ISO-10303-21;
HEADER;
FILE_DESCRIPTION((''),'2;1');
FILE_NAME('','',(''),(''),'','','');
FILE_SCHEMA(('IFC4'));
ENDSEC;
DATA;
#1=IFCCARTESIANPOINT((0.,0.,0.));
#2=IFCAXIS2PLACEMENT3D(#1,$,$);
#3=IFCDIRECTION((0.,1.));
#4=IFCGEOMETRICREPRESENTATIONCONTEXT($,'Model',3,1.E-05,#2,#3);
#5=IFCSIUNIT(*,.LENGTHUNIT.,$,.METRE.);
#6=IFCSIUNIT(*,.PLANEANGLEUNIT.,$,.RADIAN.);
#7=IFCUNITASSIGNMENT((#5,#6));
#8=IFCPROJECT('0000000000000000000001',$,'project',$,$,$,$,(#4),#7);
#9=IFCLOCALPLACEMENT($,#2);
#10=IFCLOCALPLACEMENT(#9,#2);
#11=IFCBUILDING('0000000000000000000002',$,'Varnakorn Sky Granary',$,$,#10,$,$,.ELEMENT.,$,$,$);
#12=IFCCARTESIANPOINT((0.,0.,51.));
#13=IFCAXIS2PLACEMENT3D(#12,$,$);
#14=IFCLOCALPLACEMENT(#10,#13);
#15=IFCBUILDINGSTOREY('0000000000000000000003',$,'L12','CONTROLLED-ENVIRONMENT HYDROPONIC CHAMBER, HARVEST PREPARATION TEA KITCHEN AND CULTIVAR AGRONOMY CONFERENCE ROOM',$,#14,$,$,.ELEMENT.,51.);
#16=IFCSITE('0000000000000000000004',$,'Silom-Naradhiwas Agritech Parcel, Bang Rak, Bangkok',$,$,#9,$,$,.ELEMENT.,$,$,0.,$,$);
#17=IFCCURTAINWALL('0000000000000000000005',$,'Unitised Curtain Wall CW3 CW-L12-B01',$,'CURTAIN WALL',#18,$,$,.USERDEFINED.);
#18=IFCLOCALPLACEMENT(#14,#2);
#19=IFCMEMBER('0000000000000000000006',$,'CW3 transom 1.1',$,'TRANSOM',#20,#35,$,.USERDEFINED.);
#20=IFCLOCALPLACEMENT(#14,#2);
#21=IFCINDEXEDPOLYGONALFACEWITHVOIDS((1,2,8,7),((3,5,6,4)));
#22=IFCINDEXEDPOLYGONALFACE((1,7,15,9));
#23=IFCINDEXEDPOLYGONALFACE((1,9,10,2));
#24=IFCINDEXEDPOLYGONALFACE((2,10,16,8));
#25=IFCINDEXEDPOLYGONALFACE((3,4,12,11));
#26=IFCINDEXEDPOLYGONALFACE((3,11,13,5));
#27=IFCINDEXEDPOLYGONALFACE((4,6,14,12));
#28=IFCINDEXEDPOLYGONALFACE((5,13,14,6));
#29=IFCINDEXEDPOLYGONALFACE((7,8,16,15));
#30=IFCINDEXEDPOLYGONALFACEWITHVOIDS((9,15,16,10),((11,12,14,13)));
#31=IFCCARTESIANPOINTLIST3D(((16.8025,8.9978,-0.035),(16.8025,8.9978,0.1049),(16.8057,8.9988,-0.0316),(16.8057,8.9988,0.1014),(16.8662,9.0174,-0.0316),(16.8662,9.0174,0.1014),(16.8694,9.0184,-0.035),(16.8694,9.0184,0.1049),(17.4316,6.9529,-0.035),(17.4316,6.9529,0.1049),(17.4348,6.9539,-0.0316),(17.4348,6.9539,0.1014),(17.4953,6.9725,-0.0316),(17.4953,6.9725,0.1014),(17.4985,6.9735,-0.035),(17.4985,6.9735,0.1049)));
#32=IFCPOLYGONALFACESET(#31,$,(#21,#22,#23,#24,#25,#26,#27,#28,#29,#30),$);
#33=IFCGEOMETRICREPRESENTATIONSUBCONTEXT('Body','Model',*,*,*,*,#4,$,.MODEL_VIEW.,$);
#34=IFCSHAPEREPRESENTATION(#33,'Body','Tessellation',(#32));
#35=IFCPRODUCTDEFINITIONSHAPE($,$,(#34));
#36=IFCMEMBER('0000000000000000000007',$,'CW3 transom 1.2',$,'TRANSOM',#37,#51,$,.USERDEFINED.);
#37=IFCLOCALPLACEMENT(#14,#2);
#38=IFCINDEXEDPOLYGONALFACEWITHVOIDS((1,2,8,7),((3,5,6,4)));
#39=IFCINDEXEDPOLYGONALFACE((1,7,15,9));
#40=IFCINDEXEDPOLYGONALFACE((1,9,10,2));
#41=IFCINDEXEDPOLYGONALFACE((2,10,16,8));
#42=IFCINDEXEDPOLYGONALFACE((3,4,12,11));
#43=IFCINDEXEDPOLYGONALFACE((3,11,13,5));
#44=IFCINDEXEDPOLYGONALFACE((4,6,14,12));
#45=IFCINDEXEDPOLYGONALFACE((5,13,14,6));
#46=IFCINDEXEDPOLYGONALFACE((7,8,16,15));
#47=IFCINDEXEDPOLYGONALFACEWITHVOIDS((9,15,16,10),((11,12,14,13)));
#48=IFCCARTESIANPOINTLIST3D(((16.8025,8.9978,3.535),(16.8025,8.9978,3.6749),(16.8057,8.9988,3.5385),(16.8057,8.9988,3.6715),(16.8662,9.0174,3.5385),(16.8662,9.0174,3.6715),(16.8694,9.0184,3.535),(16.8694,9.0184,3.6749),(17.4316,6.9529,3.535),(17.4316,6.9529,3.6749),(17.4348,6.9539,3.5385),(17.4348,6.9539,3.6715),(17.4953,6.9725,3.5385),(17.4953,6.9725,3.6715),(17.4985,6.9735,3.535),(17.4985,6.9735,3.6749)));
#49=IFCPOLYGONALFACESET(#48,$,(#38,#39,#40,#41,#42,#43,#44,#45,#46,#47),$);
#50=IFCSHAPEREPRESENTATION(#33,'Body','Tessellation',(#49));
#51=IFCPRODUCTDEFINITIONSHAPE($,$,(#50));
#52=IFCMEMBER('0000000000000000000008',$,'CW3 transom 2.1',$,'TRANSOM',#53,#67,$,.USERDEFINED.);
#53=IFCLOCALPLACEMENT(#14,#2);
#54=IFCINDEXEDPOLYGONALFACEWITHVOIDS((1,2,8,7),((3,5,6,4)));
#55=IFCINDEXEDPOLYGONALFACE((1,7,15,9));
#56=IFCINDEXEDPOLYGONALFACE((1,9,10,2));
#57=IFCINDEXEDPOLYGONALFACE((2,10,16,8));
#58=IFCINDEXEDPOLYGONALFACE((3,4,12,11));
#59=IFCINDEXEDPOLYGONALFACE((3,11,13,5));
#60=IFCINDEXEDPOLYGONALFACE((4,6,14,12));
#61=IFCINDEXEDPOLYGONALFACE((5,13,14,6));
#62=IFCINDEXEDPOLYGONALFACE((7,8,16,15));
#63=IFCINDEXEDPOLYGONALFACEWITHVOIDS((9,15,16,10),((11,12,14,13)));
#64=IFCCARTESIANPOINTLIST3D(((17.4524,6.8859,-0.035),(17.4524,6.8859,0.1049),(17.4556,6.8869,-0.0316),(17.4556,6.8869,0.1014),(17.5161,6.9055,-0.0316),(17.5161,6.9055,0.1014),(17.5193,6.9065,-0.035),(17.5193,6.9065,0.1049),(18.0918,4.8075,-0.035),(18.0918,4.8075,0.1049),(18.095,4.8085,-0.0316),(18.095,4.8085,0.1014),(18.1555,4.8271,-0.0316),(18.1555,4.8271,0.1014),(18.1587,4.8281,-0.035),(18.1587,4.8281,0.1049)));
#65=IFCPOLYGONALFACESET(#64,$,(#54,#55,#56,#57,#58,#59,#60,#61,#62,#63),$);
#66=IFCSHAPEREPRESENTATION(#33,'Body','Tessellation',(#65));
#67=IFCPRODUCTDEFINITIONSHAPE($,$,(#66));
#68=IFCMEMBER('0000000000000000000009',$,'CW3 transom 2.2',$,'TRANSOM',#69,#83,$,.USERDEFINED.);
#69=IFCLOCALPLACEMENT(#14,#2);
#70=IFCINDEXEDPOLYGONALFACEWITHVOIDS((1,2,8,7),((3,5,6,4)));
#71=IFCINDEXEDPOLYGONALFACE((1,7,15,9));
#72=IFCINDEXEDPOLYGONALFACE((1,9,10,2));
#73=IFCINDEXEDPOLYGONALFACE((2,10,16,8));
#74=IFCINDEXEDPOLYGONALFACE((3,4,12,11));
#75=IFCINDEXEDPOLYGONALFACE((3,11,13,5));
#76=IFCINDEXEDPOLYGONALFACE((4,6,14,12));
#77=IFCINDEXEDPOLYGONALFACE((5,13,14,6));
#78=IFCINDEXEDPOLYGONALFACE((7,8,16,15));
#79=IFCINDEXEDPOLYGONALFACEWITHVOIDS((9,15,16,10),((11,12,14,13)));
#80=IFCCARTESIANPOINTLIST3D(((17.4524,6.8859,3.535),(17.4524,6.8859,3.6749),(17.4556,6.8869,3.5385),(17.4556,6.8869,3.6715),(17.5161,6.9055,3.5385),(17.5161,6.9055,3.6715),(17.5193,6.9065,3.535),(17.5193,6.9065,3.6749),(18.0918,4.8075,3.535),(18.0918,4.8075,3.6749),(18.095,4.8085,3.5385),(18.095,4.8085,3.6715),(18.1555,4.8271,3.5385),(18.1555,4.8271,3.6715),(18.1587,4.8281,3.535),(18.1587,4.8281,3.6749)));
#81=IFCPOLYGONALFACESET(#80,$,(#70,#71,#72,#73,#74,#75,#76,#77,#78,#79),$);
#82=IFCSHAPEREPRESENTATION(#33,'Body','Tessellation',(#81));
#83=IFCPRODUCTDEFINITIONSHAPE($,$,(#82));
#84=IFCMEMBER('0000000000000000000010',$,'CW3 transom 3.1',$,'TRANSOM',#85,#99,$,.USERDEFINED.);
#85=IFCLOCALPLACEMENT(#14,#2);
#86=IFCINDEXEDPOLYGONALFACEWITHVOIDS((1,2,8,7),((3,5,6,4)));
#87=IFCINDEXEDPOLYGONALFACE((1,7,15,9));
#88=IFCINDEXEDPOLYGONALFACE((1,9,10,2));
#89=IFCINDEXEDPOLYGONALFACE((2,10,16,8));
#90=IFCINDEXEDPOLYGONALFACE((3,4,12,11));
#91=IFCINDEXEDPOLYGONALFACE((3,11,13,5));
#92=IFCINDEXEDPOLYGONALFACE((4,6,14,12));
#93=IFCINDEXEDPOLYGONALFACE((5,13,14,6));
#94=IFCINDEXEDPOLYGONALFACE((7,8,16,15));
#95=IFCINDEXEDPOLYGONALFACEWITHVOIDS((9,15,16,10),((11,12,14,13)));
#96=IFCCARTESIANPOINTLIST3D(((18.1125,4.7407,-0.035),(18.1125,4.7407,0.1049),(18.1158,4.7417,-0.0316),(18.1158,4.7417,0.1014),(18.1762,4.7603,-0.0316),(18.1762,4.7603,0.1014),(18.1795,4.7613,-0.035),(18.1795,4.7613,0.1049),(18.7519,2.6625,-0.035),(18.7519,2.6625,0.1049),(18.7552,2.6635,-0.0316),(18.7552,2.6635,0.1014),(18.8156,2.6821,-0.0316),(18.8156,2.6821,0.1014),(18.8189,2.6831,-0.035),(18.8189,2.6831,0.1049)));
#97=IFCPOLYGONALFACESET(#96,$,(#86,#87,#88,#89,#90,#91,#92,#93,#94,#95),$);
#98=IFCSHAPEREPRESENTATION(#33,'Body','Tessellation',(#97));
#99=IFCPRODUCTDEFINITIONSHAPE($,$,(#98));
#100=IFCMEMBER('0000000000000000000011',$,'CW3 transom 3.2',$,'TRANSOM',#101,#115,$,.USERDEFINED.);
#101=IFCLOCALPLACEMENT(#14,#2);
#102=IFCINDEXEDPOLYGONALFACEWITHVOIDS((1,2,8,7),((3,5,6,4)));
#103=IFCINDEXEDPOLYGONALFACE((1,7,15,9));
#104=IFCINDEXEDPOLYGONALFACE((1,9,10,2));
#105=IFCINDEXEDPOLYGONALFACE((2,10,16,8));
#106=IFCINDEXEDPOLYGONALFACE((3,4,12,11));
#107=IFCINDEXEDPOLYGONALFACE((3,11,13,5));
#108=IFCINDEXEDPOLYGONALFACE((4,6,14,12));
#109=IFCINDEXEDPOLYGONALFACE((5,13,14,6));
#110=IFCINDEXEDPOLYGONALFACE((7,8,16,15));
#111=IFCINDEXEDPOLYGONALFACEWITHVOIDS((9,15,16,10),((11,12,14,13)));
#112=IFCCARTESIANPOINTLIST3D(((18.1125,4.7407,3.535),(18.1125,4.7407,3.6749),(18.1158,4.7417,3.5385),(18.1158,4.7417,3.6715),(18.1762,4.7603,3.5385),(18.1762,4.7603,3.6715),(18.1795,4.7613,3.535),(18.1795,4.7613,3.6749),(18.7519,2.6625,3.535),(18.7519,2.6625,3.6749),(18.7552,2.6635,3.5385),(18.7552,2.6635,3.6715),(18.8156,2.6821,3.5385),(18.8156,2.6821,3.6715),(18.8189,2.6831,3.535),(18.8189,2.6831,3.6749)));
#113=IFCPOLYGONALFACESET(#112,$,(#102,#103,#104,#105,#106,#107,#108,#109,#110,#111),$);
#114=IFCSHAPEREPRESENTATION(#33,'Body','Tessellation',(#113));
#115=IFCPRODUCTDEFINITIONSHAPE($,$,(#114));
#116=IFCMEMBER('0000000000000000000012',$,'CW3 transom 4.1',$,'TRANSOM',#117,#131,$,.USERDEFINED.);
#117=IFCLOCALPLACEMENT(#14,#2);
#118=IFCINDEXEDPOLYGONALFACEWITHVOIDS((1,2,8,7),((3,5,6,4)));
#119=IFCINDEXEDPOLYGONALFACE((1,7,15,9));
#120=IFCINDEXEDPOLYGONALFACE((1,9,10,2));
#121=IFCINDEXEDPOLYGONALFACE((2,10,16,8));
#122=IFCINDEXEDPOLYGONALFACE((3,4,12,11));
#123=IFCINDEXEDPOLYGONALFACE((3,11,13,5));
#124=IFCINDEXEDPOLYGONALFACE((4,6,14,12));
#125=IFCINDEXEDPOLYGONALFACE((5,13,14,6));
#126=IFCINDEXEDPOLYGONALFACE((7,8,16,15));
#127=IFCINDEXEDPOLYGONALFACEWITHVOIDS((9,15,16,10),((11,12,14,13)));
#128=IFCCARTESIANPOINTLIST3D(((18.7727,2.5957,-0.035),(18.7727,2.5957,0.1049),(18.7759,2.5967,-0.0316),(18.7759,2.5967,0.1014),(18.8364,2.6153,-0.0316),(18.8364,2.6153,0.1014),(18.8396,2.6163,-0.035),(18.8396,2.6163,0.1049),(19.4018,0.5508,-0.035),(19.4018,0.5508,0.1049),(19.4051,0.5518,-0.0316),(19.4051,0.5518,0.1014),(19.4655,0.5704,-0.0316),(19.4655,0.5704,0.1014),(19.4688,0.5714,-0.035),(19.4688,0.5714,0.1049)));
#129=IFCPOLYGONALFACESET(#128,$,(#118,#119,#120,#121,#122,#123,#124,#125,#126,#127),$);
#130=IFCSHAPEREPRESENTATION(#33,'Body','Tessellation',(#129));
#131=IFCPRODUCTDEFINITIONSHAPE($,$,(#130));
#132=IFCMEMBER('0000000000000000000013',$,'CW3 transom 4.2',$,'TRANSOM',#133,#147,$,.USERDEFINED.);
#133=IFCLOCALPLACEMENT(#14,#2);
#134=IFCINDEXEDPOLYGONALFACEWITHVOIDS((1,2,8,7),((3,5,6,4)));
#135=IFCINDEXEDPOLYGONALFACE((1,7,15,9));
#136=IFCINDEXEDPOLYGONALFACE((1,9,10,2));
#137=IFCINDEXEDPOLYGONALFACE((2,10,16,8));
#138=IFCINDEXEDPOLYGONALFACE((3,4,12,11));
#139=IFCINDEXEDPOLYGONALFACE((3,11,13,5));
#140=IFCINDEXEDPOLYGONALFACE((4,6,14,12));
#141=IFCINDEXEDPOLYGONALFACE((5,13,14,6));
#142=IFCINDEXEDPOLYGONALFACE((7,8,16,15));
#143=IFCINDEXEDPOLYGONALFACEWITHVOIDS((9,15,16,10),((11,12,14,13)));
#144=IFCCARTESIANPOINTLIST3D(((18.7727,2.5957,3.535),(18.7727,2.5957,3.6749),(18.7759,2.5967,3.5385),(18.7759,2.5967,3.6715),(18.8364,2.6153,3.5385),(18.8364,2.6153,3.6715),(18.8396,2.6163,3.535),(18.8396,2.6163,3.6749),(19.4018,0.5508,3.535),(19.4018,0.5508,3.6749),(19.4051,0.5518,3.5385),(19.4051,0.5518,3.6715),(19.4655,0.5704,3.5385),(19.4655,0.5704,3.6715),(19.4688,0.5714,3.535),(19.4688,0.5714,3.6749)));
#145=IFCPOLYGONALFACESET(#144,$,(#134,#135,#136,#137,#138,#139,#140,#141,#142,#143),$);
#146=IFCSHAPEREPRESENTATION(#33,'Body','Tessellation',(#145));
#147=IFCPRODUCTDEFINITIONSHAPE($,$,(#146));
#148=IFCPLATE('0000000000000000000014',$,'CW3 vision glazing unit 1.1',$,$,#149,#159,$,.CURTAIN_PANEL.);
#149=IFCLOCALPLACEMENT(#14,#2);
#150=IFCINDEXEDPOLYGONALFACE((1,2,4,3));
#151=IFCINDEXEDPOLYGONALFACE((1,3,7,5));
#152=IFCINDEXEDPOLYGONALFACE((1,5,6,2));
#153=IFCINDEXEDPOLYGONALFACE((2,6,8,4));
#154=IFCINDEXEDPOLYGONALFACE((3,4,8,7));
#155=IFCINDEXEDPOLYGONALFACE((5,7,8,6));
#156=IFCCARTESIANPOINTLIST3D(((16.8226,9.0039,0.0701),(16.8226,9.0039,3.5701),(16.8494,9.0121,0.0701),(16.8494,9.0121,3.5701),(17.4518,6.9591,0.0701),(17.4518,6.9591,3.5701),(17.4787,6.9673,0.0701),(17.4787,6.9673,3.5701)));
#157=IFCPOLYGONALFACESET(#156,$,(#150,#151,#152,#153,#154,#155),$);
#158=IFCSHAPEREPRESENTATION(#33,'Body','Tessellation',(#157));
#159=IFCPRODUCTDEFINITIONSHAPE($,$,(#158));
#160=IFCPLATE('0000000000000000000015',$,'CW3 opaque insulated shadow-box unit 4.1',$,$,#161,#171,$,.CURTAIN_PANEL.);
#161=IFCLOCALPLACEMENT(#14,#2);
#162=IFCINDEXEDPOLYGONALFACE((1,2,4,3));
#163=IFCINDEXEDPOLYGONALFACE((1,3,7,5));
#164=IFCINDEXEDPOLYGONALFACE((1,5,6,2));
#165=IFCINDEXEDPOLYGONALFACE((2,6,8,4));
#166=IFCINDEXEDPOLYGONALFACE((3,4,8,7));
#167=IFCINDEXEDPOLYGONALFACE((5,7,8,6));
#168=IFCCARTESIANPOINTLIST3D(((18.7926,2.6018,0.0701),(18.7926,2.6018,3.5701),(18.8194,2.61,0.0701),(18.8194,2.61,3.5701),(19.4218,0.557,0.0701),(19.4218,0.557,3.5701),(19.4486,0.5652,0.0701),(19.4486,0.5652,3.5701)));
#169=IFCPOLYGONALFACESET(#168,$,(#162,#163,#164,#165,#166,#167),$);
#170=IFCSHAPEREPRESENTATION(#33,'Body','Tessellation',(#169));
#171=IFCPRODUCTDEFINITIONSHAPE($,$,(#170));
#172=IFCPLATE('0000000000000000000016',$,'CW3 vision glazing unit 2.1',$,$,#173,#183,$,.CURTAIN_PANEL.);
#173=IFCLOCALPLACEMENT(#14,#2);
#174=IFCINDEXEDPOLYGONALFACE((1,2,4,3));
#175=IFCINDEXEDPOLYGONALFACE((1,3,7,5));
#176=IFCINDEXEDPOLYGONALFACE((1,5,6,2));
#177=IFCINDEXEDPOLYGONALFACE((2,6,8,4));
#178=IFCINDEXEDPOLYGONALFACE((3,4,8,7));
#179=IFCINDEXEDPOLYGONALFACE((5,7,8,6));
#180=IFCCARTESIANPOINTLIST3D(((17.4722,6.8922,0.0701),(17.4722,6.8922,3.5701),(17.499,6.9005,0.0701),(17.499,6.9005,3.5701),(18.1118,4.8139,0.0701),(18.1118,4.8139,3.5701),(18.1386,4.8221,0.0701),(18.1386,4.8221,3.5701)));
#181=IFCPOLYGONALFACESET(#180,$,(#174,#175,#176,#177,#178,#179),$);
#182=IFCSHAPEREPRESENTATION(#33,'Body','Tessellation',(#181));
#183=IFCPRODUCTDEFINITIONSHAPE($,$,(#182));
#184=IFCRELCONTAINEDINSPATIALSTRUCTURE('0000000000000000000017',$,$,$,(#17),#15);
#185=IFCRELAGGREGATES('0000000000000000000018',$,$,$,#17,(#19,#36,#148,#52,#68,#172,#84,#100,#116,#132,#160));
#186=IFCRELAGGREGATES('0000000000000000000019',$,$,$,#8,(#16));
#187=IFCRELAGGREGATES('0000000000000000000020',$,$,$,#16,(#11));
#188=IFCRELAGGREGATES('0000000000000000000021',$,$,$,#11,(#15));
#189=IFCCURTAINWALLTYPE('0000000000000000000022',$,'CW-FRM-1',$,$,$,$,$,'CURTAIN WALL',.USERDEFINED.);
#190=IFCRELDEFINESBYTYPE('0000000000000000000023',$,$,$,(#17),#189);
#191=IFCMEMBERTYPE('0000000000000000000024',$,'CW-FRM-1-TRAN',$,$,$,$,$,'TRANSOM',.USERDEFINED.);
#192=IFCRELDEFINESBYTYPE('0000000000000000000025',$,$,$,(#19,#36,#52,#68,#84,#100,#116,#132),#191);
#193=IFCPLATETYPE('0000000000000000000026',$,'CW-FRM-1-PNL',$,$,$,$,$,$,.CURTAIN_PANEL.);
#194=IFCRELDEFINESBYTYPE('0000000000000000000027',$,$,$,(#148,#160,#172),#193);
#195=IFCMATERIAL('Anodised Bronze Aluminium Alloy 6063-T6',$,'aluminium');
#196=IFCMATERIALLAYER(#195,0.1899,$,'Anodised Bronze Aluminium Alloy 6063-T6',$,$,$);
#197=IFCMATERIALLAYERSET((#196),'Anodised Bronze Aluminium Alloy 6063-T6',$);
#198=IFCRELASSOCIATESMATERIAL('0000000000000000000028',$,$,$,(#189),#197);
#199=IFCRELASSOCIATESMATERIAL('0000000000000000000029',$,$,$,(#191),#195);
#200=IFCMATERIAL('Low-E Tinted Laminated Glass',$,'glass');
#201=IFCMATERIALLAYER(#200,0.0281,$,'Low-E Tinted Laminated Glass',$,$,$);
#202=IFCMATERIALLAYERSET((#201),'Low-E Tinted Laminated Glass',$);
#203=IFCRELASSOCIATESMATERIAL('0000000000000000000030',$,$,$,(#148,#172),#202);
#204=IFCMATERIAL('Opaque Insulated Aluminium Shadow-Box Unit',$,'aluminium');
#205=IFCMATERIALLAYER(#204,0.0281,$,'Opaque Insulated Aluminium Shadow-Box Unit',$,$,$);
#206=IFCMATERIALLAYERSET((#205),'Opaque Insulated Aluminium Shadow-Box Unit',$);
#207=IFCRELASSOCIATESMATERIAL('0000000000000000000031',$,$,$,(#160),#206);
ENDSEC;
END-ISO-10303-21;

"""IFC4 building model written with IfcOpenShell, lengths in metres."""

from ifc_helpers import new_model, si_unit, direction, frame, origin, origin_2d, place, context, subcontext, project, spatial, rectangle, hollow_rectangle, extrude, source, transform, mapped, material, layer, layer_set, material_profile, profile_set, type_object, type_shapes, element, aggregate, save


model = new_model("IFC4")

# Units and contexts
model_context = context("Model", 3, precision=1e-05, world=origin(), true_north=direction((0.0, 1.0)))
body_context = subcontext(model_context, "Body", "Model", "MODEL_VIEW")
ifc_project = project(units=[si_unit("LENGTHUNIT", "METRE"), si_unit("PLANEANGLEUNIT", "RADIAN")], contexts=[model_context])

# Site, building, storey
site_placement = place(None, origin())
site = spatial("IfcSite", under=ifc_project, at=site_placement, Name="Silom-Naradhiwas Agritech Parcel, Bang Rak, Bangkok", CompositionType="ELEMENT", RefElevation=0.0)
building_placement = place(site_placement, origin())
building = spatial("IfcBuilding", under=site, at=building_placement, Name="Varnakorn Sky Granary", CompositionType="ELEMENT")
storey_placement = place(building_placement, frame((0.0, 0.0, 51.0)))
storey = spatial("IfcBuildingStorey", under=building, at=storey_placement, Name="L12", Description="CONTROLLED-ENVIRONMENT HYDROPONIC CHAMBER, HARVEST PREPARATION TEA KITCHEN AND CULTIVAR AGRONOMY CONFERENCE ROOM", CompositionType="ELEMENT", Elevation=51.0)

# Curtain wall
ifc_material_1 = material(Name="Anodised Bronze Aluminium Alloy 6063-T6", Category="aluminium")
ifc_layer_1 = layer(ifc_material_1, 0.1899, Name="Anodised Bronze Aluminium Alloy 6063-T6")
ifc_layer_set_1 = layer_set([ifc_layer_1], Name="Anodised Bronze Aluminium Alloy 6063-T6")
curtain_wall_type = type_object("IfcCurtainWallType", Name="CW-FRM-1", ElementType="CURTAIN WALL", PredefinedType="USERDEFINED", material=ifc_layer_set_1)
curtain_wall_1_placement = place(storey_placement, origin())
curtain_wall_1 = element("IfcCurtainWall", 1, at=curtain_wall_1_placement, inside=storey, type_object=curtain_wall_type, Name="Unitised Curtain Wall CW3 CW-L12-B01", ObjectType="CURTAIN WALL", PredefinedType="USERDEFINED")

# Members
ifc_material_profile_1 = material_profile(ifc_material_1, hollow_rectangle(XDim=0.0701, YDim=0.1399, WallThickness=0.0034, at=origin_2d()), Name="ALU TRAN 70x140")
ifc_profile_set_1 = profile_set([ifc_material_profile_1], Name="Anodised Bronze Aluminium Alloy 6063-T6")
member_type_1 = type_object("IfcMemberType", Name="CW-FRM-1-TRAN", ElementType="TRANSOM", PredefinedType="USERDEFINED", material=ifc_profile_set_1)
member_1_placement = place(storey_placement, frame((16.8359, 9.0081, 0.0349), z_axis=(0.294062, -0.955786, 0.0), x_axis=(0.955786, 0.294062, 0.0)))
member_1 = element("IfcMember", 2, at=member_1_placement, type_object=member_type_1, Name="CW3 transom 1.1", ObjectType="TRANSOM", PredefinedType="USERDEFINED", context=body_context, shape_type="SweptSolid", body=[
    extrude(hollow_rectangle(XDim=0.0701, YDim=0.1399, WallThickness=0.0034, at=origin_2d()), origin(), (0.0, 0.0, 1.0), 2.1394),
])
member_2_placement = place(storey_placement, frame((16.8359, 9.0081, 3.605), z_axis=(0.294062, -0.955786, 0.0), x_axis=(0.955786, 0.294062, 0.0)))
member_2 = element("IfcMember", 3, at=member_2_placement, type_object=member_type_1, Name="CW3 transom 1.2", ObjectType="TRANSOM", PredefinedType="USERDEFINED", context=body_context, shape_type="SweptSolid", body=[
    extrude(hollow_rectangle(XDim=0.0701, YDim=0.1399, WallThickness=0.0034, at=origin_2d()), origin(), (0.0, 0.0, 1.0), 2.1394),
])
member_3_placement = place(storey_placement, frame((17.4858, 6.8962, 0.0349), z_axis=(0.294046, -0.955791, 0.0), x_axis=(0.955791, 0.294046, 0.0)))
member_3 = element("IfcMember", 4, at=member_3_placement, type_object=member_type_1, Name="CW3 transom 2.1", ObjectType="TRANSOM", PredefinedType="USERDEFINED", context=body_context, shape_type="SweptSolid", body=[
    extrude(hollow_rectangle(XDim=0.0701, YDim=0.1399, WallThickness=0.0034, at=origin_2d()), origin(), (0.0, 0.0, 1.0), 2.1746),
])
member_4_placement = place(storey_placement, frame((17.4858, 6.8962, 3.605), z_axis=(0.294046, -0.955791, 0.0), x_axis=(0.955791, 0.294046, 0.0)))
member_4 = element("IfcMember", 5, at=member_4_placement, type_object=member_type_1, Name="CW3 transom 2.2", ObjectType="TRANSOM", PredefinedType="USERDEFINED", context=body_context, shape_type="SweptSolid", body=[
    extrude(hollow_rectangle(XDim=0.0701, YDim=0.1399, WallThickness=0.0034, at=origin_2d()), origin(), (0.0, 0.0, 1.0), 2.1746),
])
member_5_placement = place(storey_placement, frame((18.146, 4.751, 0.0349), z_axis=(0.294078, -0.955781, 0.0), x_axis=(0.955781, 0.294078, 0.0)))
member_5 = element("IfcMember", 6, at=member_5_placement, type_object=member_type_1, Name="CW3 transom 3.1", ObjectType="TRANSOM", PredefinedType="USERDEFINED", context=body_context, shape_type="SweptSolid", body=[
    extrude(hollow_rectangle(XDim=0.0701, YDim=0.1399, WallThickness=0.0034, at=origin_2d()), origin(), (0.0, 0.0, 1.0), 2.1743),
])
member_6_placement = place(storey_placement, frame((18.146, 4.751, 3.605), z_axis=(0.294078, -0.955781, 0.0), x_axis=(0.955781, 0.294078, 0.0)))
member_6 = element("IfcMember", 7, at=member_6_placement, type_object=member_type_1, Name="CW3 transom 3.2", ObjectType="TRANSOM", PredefinedType="USERDEFINED", context=body_context, shape_type="SweptSolid", body=[
    extrude(hollow_rectangle(XDim=0.0701, YDim=0.1399, WallThickness=0.0034, at=origin_2d()), origin(), (0.0, 0.0, 1.0), 2.1743),
])
member_7_placement = place(storey_placement, frame((18.8062, 2.606, 0.0349), z_axis=(0.294062, -0.955786, 0.0), x_axis=(0.955786, 0.294062, 0.0)))
member_7 = element("IfcMember", 8, at=member_7_placement, type_object=member_type_1, Name="CW3 transom 4.1", ObjectType="TRANSOM", PredefinedType="USERDEFINED", context=body_context, shape_type="SweptSolid", body=[
    extrude(hollow_rectangle(XDim=0.0701, YDim=0.1399, WallThickness=0.0034, at=origin_2d()), origin(), (0.0, 0.0, 1.0), 2.1394),
])
member_8_placement = place(storey_placement, frame((18.8062, 2.606, 3.605), z_axis=(0.294062, -0.955786, 0.0), x_axis=(0.955786, 0.294062, 0.0)))
member_8 = element("IfcMember", 9, at=member_8_placement, type_object=member_type_1, Name="CW3 transom 4.2", ObjectType="TRANSOM", PredefinedType="USERDEFINED", context=body_context, shape_type="SweptSolid", body=[
    extrude(hollow_rectangle(XDim=0.0701, YDim=0.1399, WallThickness=0.0034, at=origin_2d()), origin(), (0.0, 0.0, 1.0), 2.1394),
])

# Plates
ifc_material_2 = material(Name="Low-E Tinted Laminated Glass", Category="glass")
ifc_layer_2 = layer(ifc_material_2, 0.0281, Name="Low-E Tinted Laminated Glass")
ifc_layer_set_2 = layer_set([ifc_layer_2], Name="Low-E Tinted Laminated Glass")
plate_type = type_object("IfcPlateType", Name="CW-FRM-1-PNL", PredefinedType="CURTAIN_PANEL")
shared_shape_1 = source(origin(), body_context, "Body", "SweptSolid", [
    extrude(rectangle(XDim=2.1394, YDim=0.0281, at=origin_2d()), origin(), (0.0, 0.0, 1.0), 3.5),
])
plate_1_placement = place(storey_placement, frame((17.1506, 7.9856, 0.0701), z_axis=(0.0, 0.0, 1.0), x_axis=(0.294122, -0.955768, 0.0)))
plate_1 = element("IfcPlate", 10, at=plate_1_placement, type_object=plate_type, material=ifc_layer_set_2, Name="CW3 vision glazing unit 1.1", PredefinedType="CURTAIN_PANEL", context=body_context, shape_type="MappedRepresentation", body=[
    mapped(shared_shape_1, transform((0.0, 0.0, 0.0), x_axis=(1.0, 0.0, 0.0), y_axis=(0.0, 1.0, 0.0), z_axis=(0.0, 0.0, 1.0), scale=1.0)),
])
ifc_material_3 = material(Name="Opaque Insulated Aluminium Shadow-Box Unit", Category="aluminium")
ifc_layer_3 = layer(ifc_material_3, 0.0281, Name="Opaque Insulated Aluminium Shadow-Box Unit")
ifc_layer_set_3 = layer_set([ifc_layer_3], Name="Opaque Insulated Aluminium Shadow-Box Unit")
plate_2_placement = place(storey_placement, frame((19.1206, 1.5835, 0.0701), z_axis=(0.0, 0.0, 1.0), x_axis=(0.294122, -0.955768, 0.0)))
plate_2 = element("IfcPlate", 11, at=plate_2_placement, type_object=plate_type, material=ifc_layer_set_3, Name="CW3 opaque insulated shadow-box unit 4.1", PredefinedType="CURTAIN_PANEL", context=body_context, shape_type="MappedRepresentation", body=[
    mapped(shared_shape_1, transform((0.0, 0.0, 0.0), x_axis=(1.0, 0.0, 0.0), y_axis=(0.0, 1.0, 0.0), z_axis=(0.0, 0.0, 1.0), scale=1.0)),
])
shared_shape_2 = source(origin(), body_context, "Body", "SweptSolid", [
    extrude(rectangle(XDim=2.1746, YDim=0.0281, at=origin_2d()), origin(), (0.0, 0.0, 1.0), 3.5),
])
type_shapes(plate_type, [shared_shape_1, shared_shape_2])
plate_3_placement = place(storey_placement, frame((17.8054, 5.8572, 0.0701), z_axis=(0.0, 0.0, 1.0), x_axis=(0.294122, -0.955768, 0.0)))
plate_3 = element("IfcPlate", 12, at=plate_3_placement, type_object=plate_type, material=ifc_layer_set_2, Name="CW3 vision glazing unit 2.1", PredefinedType="CURTAIN_PANEL", context=body_context, shape_type="MappedRepresentation", body=[
    mapped(shared_shape_2, transform((0.0, 0.0, 0.0), x_axis=(1.0, 0.0, 0.0), y_axis=(0.0, 1.0, 0.0), z_axis=(0.0, 0.0, 1.0), scale=1.0)),
])
aggregate(curtain_wall_1, [member_1, member_2, plate_1, member_3, member_4, plate_3, member_5, member_6, member_7, member_8, plate_2])

save(model, "model.ifc")
